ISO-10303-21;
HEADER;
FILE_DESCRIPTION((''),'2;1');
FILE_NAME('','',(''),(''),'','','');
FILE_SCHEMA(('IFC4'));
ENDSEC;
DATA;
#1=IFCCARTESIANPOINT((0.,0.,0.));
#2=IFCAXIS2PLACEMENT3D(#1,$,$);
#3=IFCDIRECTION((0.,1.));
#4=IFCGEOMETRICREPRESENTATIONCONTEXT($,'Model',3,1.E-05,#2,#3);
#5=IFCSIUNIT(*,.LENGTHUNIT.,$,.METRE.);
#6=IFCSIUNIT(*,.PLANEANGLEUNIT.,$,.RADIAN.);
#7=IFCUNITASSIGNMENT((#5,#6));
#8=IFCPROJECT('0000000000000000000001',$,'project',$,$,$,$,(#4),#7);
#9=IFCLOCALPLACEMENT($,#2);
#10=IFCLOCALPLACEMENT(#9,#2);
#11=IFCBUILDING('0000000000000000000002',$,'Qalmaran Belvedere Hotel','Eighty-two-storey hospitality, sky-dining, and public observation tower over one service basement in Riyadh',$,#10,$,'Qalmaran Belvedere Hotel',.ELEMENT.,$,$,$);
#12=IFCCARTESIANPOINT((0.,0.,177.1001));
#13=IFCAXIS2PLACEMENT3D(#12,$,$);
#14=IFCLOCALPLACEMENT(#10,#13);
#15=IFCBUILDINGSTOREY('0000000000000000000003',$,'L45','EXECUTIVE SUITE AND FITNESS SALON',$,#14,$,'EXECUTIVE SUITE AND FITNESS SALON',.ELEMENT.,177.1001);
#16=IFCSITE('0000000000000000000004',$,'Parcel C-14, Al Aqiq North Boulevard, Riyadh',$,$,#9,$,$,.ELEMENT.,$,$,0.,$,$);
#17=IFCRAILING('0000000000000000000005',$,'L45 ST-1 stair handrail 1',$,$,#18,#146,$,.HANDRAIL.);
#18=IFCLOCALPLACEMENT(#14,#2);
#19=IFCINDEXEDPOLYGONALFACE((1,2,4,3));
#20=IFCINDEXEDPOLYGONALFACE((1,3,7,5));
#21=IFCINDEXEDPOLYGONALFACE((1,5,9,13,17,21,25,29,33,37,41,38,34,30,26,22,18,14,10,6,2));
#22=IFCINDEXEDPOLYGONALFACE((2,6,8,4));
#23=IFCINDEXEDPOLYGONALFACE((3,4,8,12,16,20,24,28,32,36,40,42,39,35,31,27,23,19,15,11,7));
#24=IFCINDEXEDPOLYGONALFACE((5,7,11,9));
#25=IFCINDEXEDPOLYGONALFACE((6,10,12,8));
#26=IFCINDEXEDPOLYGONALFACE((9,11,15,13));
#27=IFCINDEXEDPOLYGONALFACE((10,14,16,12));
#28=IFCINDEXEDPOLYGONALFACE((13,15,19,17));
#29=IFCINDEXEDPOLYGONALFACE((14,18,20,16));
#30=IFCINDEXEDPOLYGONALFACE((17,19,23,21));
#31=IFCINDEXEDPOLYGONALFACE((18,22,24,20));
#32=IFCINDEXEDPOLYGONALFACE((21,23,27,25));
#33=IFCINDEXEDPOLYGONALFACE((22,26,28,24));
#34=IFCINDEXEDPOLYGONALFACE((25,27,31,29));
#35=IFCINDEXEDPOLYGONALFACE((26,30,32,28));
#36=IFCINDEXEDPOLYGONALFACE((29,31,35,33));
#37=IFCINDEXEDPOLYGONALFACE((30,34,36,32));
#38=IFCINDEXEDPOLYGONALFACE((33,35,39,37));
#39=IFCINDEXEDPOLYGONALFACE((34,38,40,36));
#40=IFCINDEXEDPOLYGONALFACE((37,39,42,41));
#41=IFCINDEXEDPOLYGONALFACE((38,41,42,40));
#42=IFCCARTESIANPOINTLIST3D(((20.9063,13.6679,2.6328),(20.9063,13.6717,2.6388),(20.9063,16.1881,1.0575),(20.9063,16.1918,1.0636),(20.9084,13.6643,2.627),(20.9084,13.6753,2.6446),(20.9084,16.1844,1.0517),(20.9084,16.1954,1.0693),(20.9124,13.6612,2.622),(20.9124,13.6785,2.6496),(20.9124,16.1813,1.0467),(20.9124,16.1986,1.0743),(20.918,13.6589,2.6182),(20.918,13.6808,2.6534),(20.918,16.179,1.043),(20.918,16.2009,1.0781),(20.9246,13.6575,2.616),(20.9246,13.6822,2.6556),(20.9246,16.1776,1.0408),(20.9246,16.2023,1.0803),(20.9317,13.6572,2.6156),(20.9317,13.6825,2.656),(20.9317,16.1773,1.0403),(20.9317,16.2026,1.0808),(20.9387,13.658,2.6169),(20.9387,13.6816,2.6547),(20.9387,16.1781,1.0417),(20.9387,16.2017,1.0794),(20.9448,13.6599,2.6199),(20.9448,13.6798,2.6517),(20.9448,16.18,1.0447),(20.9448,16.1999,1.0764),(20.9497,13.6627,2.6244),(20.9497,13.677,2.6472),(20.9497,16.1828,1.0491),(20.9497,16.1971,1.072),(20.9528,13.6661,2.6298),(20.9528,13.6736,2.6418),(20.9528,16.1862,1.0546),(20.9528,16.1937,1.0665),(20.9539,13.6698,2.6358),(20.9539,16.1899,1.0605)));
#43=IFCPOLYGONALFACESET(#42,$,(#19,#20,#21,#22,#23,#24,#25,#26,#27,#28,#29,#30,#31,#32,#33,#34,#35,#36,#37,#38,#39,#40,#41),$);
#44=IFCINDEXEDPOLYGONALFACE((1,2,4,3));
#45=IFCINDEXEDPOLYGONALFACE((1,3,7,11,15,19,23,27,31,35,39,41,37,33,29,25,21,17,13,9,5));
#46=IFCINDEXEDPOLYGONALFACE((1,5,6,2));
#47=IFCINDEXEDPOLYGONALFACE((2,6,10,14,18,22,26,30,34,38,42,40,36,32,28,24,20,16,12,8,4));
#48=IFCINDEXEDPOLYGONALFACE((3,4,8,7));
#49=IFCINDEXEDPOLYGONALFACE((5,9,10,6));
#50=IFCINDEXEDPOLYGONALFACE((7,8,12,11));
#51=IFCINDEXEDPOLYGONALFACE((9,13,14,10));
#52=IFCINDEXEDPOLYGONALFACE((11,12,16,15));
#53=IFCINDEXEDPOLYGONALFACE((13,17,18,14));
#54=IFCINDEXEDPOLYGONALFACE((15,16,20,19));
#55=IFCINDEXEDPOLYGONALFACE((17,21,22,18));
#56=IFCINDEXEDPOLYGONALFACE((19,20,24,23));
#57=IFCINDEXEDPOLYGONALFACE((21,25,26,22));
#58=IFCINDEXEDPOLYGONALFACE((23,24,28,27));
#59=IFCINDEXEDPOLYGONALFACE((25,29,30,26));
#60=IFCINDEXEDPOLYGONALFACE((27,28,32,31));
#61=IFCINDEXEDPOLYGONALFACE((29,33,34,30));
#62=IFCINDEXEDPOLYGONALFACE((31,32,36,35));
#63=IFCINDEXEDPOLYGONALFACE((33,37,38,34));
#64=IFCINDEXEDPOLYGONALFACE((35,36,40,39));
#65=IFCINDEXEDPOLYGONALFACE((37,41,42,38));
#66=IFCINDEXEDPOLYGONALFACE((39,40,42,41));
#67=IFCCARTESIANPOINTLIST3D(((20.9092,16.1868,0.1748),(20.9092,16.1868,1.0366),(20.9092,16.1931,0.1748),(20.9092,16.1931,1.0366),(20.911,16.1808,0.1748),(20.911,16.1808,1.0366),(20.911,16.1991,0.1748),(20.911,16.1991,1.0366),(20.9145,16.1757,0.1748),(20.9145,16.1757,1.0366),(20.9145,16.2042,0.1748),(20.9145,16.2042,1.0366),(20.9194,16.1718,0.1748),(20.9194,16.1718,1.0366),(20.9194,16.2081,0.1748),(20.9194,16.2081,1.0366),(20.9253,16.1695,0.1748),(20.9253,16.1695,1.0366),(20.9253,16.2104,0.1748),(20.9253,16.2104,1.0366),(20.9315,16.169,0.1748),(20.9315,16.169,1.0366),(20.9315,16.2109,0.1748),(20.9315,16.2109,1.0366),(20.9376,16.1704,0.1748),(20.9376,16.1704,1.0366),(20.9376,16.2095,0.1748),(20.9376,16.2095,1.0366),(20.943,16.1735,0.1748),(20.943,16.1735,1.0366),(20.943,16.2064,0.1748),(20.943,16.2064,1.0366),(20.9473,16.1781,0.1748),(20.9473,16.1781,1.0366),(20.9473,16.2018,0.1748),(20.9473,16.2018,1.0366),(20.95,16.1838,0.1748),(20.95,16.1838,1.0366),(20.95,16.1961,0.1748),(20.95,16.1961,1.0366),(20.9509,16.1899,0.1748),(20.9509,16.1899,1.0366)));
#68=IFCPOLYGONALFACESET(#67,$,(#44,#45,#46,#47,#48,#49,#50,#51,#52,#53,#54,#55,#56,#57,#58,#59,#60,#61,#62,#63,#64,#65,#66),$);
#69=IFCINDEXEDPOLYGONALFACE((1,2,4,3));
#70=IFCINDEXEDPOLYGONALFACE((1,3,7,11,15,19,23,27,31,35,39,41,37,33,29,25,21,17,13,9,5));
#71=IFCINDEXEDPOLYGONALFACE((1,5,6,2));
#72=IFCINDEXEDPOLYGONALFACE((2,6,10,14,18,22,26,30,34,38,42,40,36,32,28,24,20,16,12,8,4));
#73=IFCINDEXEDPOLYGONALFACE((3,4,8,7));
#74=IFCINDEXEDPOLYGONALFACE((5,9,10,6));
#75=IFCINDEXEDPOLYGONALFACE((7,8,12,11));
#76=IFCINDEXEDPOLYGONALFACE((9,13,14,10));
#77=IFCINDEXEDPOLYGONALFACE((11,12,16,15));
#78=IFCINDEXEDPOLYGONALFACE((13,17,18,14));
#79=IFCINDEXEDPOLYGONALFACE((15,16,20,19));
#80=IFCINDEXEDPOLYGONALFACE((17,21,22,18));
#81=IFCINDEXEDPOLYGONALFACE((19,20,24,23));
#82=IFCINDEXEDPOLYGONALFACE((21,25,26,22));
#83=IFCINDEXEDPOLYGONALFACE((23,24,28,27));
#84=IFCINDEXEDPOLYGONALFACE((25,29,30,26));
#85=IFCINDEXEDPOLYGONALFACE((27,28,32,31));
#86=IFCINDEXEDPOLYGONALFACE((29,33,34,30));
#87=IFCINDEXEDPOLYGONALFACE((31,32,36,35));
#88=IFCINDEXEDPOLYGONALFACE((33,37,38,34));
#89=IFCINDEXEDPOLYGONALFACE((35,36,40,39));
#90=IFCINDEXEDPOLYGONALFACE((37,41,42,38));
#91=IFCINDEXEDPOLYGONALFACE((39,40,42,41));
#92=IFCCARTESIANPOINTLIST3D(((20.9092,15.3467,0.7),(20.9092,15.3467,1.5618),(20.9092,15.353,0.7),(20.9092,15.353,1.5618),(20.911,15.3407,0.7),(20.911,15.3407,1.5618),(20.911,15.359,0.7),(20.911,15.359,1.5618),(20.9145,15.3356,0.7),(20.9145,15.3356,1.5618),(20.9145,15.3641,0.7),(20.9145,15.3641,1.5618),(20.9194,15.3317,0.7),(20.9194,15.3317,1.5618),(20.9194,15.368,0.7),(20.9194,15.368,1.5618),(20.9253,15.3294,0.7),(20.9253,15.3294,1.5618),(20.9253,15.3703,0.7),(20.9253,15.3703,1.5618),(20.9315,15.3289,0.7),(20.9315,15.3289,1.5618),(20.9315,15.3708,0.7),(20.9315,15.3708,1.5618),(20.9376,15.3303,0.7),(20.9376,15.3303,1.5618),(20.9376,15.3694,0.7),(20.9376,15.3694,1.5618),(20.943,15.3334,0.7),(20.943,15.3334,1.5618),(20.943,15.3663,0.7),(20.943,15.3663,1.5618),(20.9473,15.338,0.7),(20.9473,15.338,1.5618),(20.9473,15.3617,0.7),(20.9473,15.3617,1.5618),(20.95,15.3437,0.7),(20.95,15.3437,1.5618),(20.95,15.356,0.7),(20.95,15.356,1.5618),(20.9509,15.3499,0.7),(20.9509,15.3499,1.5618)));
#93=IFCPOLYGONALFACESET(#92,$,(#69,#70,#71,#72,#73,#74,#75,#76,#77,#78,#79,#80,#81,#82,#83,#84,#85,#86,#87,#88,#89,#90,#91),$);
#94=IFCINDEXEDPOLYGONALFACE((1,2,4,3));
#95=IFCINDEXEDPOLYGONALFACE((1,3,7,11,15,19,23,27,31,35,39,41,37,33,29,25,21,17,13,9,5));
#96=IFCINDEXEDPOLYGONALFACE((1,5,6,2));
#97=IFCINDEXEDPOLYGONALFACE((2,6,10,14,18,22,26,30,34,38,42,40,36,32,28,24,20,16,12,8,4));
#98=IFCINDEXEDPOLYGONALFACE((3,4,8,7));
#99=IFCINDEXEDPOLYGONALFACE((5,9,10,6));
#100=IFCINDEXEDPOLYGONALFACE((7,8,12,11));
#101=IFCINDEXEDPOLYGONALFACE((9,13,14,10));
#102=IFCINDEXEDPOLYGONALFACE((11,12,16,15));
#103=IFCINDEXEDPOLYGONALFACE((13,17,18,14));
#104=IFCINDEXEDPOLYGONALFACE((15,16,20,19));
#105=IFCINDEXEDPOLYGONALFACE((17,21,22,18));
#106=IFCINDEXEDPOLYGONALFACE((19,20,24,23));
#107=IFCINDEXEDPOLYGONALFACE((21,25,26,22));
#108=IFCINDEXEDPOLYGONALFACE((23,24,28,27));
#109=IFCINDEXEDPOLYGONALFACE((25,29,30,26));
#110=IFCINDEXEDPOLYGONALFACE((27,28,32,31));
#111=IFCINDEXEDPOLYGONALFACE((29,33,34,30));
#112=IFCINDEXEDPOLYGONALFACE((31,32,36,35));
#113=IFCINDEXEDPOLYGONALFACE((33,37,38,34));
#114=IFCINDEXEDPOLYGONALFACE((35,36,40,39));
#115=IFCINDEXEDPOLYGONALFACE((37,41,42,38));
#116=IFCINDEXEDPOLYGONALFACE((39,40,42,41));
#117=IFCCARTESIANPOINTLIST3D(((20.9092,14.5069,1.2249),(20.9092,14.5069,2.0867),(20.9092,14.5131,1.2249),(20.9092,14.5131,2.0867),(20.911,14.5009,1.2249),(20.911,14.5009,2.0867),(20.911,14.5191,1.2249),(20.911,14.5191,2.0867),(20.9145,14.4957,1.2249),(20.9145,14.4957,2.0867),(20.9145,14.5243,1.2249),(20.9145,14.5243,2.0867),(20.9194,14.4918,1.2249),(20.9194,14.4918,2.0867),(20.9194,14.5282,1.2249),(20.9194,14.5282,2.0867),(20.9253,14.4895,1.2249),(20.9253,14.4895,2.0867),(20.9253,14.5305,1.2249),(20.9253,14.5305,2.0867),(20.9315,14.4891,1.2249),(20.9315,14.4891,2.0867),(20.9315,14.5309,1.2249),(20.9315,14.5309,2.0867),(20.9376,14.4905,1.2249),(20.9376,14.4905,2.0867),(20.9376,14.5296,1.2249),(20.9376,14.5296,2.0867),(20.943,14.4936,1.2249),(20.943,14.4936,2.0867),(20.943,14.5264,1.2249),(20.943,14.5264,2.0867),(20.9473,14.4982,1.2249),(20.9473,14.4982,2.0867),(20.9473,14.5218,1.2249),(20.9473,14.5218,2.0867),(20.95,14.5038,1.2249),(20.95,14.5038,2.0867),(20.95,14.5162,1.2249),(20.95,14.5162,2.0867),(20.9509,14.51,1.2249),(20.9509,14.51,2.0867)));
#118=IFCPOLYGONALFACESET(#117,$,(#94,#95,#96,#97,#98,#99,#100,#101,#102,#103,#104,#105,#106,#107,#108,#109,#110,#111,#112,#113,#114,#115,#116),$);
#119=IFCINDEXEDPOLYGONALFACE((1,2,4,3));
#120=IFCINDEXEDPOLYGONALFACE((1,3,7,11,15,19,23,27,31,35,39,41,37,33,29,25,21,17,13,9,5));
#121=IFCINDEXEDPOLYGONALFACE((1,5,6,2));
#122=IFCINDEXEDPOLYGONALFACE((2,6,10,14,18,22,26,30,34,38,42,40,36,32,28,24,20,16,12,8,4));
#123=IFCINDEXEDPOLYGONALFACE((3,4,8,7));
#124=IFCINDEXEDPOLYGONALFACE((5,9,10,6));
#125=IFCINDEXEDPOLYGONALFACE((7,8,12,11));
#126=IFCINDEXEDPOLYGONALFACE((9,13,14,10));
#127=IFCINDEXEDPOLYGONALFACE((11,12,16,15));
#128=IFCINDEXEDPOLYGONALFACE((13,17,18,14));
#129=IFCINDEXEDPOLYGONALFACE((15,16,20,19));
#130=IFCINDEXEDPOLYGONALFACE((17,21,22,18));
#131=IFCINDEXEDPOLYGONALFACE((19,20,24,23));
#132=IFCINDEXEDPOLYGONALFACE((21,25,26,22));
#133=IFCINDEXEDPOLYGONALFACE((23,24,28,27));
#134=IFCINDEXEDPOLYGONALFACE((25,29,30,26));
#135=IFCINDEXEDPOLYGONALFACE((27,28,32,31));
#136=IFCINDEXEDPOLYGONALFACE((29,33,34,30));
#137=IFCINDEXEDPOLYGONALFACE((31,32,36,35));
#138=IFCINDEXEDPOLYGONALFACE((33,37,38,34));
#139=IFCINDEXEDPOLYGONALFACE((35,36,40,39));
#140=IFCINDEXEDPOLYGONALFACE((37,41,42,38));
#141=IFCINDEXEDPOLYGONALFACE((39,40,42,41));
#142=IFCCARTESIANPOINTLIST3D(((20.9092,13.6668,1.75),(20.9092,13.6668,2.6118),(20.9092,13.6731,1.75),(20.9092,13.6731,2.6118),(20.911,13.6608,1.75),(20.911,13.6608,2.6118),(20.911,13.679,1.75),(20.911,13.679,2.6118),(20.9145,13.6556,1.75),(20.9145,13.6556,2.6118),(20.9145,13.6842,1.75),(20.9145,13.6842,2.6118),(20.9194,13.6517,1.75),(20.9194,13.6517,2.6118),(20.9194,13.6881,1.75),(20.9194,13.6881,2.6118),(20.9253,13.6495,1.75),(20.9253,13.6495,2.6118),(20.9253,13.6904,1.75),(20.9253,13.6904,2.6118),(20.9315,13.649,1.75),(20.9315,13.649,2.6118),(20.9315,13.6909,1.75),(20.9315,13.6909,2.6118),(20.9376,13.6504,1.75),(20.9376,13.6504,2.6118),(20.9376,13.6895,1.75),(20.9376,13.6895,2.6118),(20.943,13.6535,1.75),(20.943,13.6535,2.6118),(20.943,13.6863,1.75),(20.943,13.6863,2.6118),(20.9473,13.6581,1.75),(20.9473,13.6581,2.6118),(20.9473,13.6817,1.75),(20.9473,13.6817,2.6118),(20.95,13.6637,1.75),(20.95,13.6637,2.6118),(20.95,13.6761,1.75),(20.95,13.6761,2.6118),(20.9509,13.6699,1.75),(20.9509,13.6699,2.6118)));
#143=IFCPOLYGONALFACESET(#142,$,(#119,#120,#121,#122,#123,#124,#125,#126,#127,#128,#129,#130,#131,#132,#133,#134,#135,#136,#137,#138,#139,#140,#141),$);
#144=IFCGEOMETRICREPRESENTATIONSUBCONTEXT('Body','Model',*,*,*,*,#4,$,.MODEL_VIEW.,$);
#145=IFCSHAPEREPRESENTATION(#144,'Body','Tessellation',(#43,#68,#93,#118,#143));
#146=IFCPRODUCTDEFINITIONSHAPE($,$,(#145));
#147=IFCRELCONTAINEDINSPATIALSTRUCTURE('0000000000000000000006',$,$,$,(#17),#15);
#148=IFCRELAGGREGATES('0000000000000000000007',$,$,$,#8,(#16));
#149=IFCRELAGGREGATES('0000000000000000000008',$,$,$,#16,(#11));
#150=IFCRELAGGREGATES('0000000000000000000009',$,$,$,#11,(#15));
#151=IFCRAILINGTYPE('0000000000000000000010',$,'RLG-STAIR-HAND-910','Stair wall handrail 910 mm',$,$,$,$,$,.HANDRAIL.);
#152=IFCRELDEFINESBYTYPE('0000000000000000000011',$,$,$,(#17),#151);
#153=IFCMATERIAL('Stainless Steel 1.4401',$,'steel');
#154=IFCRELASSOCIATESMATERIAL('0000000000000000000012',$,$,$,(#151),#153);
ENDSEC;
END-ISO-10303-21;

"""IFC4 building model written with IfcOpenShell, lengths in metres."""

from ifc_helpers import new_model, si_unit, direction, frame, origin, origin_2d, place, context, subcontext, project, spatial, circle, extrude, material, type_object, element, save


model = new_model("IFC4")

# Units and contexts
model_context = context("Model", 3, precision=1e-05, world=origin(), true_north=direction((0.0, 1.0)))
body_context = subcontext(model_context, "Body", "Model", "MODEL_VIEW")
ifc_project = project(units=[si_unit("LENGTHUNIT", "METRE"), si_unit("PLANEANGLEUNIT", "RADIAN")], contexts=[model_context])

# Site, building, storey
site_placement = place(None, origin())
site = spatial("IfcSite", under=ifc_project, at=site_placement, Name="Parcel C-14, Al Aqiq North Boulevard, Riyadh", CompositionType="ELEMENT", RefElevation=0.0)
building_placement = place(site_placement, origin())
building = spatial("IfcBuilding", under=site, at=building_placement, Name="Qalmaran Belvedere Hotel", Description="Eighty-two-storey hospitality, sky-dining, and public observation tower over one service basement in Riyadh", LongName="Qalmaran Belvedere Hotel", CompositionType="ELEMENT")
storey_placement = place(building_placement, frame((0.0, 0.0, 177.1001)))
storey = spatial("IfcBuildingStorey", under=building, at=storey_placement, Name="L45", Description="EXECUTIVE SUITE AND FITNESS SALON", LongName="EXECUTIVE SUITE AND FITNESS SALON", CompositionType="ELEMENT", Elevation=177.1001)

# Railing
ifc_material_1 = material(Name="Stainless Steel 1.4401", Category="steel")
railing_type_1 = type_object("IfcRailingType", Name="RLG-STAIR-HAND-910", Description="Stair wall handrail 910 mm", PredefinedType="HANDRAIL", material=ifc_material_1)
railing_1_placement = place(storey_placement, frame((20.9299, 16.1899, 0.1748)))
element("IfcRailing", 1, at=railing_1_placement, inside=storey, type_object=railing_type_1, Name="L45 ST-1 stair handrail 1", PredefinedType="HANDRAIL", context=body_context, shape_type="SweptSolid", body=[
    extrude(circle(Radius=0.0239, at=origin_2d()), frame((0.0, 0.0, 0.8857), z_axis=(0.0, -0.847971, 0.530043), x_axis=(1.0, 0.0, 0.0)), (0.0, 0.0, 1.0), 2.9719),
    extrude(circle(Radius=0.021, at=origin_2d()), origin(), (0.0, 0.0, 1.0), 0.8618),
    extrude(circle(Radius=0.021, at=origin_2d()), frame((0.0, -0.8401, 0.5251)), (0.0, 0.0, 1.0), 0.8618),
    extrude(circle(Radius=0.021, at=origin_2d()), frame((0.0, -1.6799, 1.05)), (0.0, 0.0, 1.0), 0.8618),
    extrude(circle(Radius=0.021, at=origin_2d()), frame((0.0, -2.52, 1.5752)), (0.0, 0.0, 1.0), 0.8618),
])

save(model, "model.ifc")
